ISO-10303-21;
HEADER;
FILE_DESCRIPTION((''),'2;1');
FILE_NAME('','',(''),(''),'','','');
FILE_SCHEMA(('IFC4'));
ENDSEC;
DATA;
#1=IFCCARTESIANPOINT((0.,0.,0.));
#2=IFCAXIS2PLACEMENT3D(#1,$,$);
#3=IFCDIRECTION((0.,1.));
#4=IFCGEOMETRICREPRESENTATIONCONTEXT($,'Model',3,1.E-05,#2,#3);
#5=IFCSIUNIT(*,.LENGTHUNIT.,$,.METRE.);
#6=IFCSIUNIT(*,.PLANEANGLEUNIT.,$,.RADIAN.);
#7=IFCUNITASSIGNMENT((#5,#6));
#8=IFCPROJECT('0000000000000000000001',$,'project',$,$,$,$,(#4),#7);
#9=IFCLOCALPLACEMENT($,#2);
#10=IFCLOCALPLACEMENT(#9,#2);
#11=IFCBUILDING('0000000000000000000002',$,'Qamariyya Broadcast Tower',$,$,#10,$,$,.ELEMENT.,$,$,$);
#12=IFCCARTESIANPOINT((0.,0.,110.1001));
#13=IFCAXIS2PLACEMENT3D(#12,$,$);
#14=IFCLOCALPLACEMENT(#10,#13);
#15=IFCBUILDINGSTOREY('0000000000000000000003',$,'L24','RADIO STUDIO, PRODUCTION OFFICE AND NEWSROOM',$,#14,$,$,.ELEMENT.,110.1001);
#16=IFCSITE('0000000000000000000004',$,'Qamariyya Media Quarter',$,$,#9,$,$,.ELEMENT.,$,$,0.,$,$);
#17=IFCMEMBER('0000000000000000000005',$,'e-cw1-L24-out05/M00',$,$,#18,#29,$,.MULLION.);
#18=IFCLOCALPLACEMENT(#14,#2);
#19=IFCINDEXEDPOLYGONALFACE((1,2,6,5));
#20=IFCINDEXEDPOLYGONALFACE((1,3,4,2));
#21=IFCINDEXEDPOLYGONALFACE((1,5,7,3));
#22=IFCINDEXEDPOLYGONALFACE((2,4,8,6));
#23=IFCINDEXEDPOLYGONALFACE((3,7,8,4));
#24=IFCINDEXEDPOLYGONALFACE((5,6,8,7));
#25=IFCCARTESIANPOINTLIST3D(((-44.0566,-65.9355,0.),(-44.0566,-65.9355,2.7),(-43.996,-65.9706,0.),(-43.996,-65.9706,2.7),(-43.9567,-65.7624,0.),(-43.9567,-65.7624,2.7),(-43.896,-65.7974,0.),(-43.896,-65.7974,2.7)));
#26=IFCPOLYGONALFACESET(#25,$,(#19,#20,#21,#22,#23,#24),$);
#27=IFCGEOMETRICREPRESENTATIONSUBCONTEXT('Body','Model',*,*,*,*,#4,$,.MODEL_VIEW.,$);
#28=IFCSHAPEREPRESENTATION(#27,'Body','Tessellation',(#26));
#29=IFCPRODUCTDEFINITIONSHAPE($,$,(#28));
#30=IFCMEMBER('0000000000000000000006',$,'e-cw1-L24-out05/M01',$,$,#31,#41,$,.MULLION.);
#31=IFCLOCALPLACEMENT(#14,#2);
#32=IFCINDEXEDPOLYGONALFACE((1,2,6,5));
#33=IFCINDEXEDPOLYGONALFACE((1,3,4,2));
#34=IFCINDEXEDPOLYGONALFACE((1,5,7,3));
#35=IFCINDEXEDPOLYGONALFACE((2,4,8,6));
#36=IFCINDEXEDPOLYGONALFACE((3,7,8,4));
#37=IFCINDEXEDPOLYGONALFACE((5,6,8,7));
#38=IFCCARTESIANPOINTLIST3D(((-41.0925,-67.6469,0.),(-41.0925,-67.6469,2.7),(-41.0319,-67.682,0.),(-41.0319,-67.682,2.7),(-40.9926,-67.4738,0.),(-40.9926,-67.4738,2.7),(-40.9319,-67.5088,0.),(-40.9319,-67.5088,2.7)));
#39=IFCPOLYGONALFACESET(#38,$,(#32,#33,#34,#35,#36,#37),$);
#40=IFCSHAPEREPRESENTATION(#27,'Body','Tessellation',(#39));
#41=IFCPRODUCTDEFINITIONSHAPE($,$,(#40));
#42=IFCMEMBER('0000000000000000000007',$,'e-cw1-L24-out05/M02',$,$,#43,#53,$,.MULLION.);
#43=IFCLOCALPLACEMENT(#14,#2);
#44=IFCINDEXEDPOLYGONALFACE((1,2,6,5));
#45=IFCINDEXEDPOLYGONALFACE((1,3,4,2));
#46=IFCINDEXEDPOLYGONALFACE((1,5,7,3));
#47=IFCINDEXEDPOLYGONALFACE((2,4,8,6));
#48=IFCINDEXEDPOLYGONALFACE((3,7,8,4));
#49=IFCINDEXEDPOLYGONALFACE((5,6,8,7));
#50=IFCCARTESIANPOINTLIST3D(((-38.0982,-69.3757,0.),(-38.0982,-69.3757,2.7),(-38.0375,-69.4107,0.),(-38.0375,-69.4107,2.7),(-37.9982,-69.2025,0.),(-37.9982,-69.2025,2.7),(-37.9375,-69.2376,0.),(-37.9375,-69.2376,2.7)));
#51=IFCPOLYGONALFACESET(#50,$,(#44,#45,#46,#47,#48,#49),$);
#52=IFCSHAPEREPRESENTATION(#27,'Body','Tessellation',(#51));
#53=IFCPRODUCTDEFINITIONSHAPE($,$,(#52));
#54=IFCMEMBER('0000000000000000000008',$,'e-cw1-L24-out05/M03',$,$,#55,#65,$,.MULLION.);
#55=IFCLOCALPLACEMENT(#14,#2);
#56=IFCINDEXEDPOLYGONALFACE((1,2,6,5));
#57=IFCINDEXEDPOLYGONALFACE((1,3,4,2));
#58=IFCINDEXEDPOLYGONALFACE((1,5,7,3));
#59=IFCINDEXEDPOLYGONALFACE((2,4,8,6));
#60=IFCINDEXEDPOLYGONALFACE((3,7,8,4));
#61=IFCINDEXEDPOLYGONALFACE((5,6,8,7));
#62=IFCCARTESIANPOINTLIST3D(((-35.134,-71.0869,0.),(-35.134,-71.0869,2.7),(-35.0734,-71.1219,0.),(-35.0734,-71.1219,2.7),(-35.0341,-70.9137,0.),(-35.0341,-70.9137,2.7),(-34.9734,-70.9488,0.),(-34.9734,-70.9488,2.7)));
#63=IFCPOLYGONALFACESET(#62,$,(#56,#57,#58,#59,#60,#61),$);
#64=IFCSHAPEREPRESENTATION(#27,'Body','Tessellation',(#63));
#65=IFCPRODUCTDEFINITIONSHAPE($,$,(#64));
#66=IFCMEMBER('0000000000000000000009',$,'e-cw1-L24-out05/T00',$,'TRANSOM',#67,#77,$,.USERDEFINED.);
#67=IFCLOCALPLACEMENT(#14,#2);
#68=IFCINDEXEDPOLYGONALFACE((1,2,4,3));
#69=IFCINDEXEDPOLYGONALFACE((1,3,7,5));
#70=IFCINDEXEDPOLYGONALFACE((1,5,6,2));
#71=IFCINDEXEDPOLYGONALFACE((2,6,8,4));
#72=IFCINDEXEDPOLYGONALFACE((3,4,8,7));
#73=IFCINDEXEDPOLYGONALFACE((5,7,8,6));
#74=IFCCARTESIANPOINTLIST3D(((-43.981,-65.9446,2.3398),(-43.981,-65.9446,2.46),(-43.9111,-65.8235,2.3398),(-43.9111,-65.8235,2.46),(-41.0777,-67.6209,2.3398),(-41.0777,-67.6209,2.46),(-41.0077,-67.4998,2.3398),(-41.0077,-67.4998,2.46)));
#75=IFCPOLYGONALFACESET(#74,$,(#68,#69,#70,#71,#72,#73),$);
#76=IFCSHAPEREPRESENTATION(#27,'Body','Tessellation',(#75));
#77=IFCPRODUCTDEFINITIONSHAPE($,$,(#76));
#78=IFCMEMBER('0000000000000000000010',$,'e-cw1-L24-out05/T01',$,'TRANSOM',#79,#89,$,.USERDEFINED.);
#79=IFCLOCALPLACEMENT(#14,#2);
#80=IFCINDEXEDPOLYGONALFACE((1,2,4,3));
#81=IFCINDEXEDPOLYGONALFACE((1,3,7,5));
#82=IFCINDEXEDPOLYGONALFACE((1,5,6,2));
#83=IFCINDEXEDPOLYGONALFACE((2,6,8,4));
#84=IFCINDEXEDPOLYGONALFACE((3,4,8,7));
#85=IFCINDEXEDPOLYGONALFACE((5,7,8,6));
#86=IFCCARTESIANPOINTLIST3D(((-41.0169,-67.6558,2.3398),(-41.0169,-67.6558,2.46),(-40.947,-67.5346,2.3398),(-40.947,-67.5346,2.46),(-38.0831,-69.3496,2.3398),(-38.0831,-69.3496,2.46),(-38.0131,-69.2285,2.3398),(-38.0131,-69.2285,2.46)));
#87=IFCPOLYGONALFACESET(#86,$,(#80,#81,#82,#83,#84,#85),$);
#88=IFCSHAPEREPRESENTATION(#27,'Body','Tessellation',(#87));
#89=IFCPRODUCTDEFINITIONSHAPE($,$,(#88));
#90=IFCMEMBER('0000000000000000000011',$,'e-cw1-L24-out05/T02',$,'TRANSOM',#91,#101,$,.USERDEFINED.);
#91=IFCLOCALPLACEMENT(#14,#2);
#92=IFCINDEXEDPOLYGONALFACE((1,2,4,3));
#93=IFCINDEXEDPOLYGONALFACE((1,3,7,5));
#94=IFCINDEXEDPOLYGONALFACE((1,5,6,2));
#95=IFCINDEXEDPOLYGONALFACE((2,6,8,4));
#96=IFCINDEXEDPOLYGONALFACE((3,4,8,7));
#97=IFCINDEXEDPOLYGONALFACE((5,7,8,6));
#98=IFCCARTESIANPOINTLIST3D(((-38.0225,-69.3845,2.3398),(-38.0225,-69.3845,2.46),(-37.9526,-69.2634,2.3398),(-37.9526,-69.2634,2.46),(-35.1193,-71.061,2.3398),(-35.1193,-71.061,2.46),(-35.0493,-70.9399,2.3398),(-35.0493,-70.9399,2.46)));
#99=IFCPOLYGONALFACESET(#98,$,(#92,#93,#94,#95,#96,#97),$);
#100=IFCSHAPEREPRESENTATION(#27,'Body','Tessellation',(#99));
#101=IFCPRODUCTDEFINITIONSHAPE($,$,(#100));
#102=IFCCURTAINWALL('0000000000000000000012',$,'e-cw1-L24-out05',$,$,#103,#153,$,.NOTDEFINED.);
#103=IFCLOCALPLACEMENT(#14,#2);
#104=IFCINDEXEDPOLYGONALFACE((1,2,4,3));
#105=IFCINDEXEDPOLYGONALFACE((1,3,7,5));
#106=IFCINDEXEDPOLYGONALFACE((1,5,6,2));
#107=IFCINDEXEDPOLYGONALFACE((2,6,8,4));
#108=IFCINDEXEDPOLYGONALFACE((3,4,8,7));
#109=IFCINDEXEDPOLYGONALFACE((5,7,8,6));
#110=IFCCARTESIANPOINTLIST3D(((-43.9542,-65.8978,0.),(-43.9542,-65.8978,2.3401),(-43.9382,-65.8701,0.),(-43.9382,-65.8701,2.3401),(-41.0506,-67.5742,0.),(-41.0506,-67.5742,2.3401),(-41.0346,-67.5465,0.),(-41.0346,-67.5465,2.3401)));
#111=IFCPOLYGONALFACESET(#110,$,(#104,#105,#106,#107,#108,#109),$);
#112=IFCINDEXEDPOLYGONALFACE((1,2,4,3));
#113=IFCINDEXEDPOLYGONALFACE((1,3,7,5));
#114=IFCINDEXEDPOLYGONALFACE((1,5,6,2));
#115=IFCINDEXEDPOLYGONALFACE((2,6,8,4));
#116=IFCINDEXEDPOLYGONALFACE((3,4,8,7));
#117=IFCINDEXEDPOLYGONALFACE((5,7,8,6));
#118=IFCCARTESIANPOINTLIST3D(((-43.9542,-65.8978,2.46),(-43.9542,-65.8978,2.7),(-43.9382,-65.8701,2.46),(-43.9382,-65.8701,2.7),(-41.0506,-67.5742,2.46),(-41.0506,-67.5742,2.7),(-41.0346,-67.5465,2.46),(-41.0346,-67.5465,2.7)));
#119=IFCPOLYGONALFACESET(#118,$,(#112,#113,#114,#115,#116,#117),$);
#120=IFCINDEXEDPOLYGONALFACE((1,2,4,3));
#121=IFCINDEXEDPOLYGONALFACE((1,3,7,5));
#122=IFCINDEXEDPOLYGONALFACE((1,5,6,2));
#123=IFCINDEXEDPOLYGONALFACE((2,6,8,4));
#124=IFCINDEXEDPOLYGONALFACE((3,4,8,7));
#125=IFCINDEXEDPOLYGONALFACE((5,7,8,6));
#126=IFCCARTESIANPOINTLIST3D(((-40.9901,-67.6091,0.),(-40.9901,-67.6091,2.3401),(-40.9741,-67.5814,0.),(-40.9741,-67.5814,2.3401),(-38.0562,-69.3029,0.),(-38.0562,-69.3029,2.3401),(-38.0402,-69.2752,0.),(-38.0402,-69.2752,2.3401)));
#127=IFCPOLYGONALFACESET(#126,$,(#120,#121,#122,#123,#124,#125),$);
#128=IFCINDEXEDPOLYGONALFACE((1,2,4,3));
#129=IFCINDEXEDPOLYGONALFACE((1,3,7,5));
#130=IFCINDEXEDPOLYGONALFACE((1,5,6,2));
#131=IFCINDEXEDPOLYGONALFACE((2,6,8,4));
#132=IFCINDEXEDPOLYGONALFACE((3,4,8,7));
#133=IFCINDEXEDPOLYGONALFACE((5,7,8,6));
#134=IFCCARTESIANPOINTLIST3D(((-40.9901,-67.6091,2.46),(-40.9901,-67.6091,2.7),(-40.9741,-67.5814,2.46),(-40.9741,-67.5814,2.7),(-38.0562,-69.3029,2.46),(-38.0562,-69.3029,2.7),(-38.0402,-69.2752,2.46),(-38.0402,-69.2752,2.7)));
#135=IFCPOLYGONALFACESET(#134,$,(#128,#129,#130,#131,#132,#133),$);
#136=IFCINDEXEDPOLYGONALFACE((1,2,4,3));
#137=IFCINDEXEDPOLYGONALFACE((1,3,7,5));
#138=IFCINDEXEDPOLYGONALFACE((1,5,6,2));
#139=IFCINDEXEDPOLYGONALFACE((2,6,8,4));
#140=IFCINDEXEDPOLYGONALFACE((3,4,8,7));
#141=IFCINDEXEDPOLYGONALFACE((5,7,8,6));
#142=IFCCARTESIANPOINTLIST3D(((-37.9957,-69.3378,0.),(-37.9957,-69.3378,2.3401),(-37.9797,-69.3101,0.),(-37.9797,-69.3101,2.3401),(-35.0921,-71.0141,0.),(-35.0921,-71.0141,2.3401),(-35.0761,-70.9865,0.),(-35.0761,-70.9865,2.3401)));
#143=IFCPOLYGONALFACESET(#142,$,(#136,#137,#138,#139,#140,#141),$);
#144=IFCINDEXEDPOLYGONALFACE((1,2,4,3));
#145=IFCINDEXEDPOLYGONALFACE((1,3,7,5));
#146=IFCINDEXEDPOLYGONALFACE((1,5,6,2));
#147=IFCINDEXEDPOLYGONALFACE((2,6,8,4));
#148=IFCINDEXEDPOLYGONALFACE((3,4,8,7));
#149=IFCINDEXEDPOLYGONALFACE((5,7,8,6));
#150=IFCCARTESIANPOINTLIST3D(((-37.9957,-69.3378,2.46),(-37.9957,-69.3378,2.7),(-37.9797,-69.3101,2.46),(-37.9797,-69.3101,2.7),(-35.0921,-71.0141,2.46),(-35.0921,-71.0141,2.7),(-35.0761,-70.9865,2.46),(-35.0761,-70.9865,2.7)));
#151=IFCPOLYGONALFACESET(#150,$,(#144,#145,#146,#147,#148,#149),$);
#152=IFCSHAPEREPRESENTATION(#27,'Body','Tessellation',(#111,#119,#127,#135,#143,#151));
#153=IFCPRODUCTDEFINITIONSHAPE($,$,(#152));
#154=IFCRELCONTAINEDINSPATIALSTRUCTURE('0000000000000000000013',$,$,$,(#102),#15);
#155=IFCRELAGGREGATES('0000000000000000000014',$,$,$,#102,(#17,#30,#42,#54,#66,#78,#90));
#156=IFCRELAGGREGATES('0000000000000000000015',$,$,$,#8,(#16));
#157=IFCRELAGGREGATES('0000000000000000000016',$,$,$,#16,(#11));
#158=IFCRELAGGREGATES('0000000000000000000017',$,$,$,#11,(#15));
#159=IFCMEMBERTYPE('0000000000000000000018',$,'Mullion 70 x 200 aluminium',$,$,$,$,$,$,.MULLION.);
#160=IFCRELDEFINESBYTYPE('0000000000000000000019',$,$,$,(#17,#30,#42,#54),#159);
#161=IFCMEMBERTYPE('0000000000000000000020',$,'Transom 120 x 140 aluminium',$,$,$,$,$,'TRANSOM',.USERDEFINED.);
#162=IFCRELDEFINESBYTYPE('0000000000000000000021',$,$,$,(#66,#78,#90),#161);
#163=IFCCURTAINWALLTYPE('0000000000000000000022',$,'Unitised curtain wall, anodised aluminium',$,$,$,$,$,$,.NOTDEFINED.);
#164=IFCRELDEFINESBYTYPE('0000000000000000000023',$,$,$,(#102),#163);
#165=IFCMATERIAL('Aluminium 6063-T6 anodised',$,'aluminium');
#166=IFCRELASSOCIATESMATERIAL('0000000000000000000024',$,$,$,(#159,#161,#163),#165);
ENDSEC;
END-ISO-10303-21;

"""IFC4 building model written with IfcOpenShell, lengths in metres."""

from ifc_helpers import new_model, si_unit, direction, frame, origin, origin_2d, place, context, subcontext, project, spatial, rectangle, extrude, material, material_profile, profile_set, type_object, element, aggregate, save


model = new_model("IFC4")

# Units and contexts
model_context = context("Model", 3, precision=1e-05, world=origin(), true_north=direction((0.0, 1.0)))
body_context = subcontext(model_context, "Body", "Model", "MODEL_VIEW")
ifc_project = project(units=[si_unit("LENGTHUNIT", "METRE"), si_unit("PLANEANGLEUNIT", "RADIAN")], contexts=[model_context])

# Members
ifc_material = material(Name="Aluminium 6063-T6 anodised", Category="aluminium")
ifc_material_profile_1 = material_profile(ifc_material, rectangle(XDim=0.2, YDim=0.0701, at=origin_2d()))
ifc_profile_set_1 = profile_set([ifc_material_profile_1], Name="Aluminium 6063-T6 anodised")
member_type_1 = type_object("IfcMemberType", Name="Mullion 70 x 200 aluminium", PredefinedType="MULLION", material=ifc_profile_set_1)
site_placement = place(None, origin())
building_placement = place(site_placement, origin())
storey_placement = place(building_placement, frame((0.0, 0.0, 110.1001)))
member_1_placement = place(storey_placement, frame((-43.9763, -65.8665, 0.0), z_axis=(0.0, 0.0, 1.0), x_axis=(0.5, 0.866025, 0.0)))
member_1 = element("IfcMember", 1, at=member_1_placement, type_object=member_type_1, Name="e-cw1-L24-out05/M00", PredefinedType="MULLION", context=body_context, shape_type="SweptSolid", body=[
    extrude(rectangle(XDim=0.2, YDim=0.0701, at=origin_2d()), origin(), (0.0, 0.0, 1.0), 2.7),
])
member_2_placement = place(storey_placement, frame((-41.0122, -67.5779, 0.0), z_axis=(0.0, 0.0, 1.0), x_axis=(0.5, 0.866025, 0.0)))
member_2 = element("IfcMember", 2, at=member_2_placement, type_object=member_type_1, Name="e-cw1-L24-out05/M01", PredefinedType="MULLION", context=body_context, shape_type="SweptSolid", body=[
    extrude(rectangle(XDim=0.2, YDim=0.0701, at=origin_2d()), origin(), (0.0, 0.0, 1.0), 2.7),
])
member_3_placement = place(storey_placement, frame((-38.0178, -69.3066, 0.0), z_axis=(0.0, 0.0, 1.0), x_axis=(0.5, 0.866025, 0.0)))
member_3 = element("IfcMember", 3, at=member_3_placement, type_object=member_type_1, Name="e-cw1-L24-out05/M02", PredefinedType="MULLION", context=body_context, shape_type="SweptSolid", body=[
    extrude(rectangle(XDim=0.2, YDim=0.0701, at=origin_2d()), origin(), (0.0, 0.0, 1.0), 2.7),
])
member_4_placement = place(storey_placement, frame((-35.0537, -71.0178, 0.0), z_axis=(0.0, 0.0, 1.0), x_axis=(0.5, 0.866025, 0.0)))
member_4 = element("IfcMember", 4, at=member_4_placement, type_object=member_type_1, Name="e-cw1-L24-out05/M03", PredefinedType="MULLION", context=body_context, shape_type="SweptSolid", body=[
    extrude(rectangle(XDim=0.2, YDim=0.0701, at=origin_2d()), origin(), (0.0, 0.0, 1.0), 2.7),
])
ifc_material_profile_2 = material_profile(ifc_material, rectangle(XDim=0.1399, YDim=0.1201, at=origin_2d()))
ifc_profile_set_2 = profile_set([ifc_material_profile_2], Name="Aluminium 6063-T6 anodised")
member_type_2 = type_object("IfcMemberType", Name="Transom 120 x 140 aluminium", ElementType="TRANSOM", PredefinedType="USERDEFINED", material=ifc_profile_set_2)
member_5_placement = place(storey_placement, frame((-43.946, -65.884, 2.3999), z_axis=(0.866021, -0.500008, 0.0), x_axis=(0.500008, 0.866021, 0.0)))
member_5 = element("IfcMember", 5, at=member_5_placement, type_object=member_type_2, Name="e-cw1-L24-out05/T00", ObjectType="TRANSOM", PredefinedType="USERDEFINED", context=body_context, shape_type="SweptSolid", body=[
    extrude(rectangle(XDim=0.1399, YDim=0.1201, at=origin_2d()), origin(), (0.0, 0.0, 1.0), 3.3525),
])
member_6_placement = place(storey_placement, frame((-40.9819, -67.5952, 2.3999), z_axis=(0.866026, -0.499999, 0.0), x_axis=(0.499999, 0.866026, 0.0)))
member_6 = element("IfcMember", 6, at=member_6_placement, type_object=member_type_2, Name="e-cw1-L24-out05/T01", ObjectType="TRANSOM", PredefinedType="USERDEFINED", context=body_context, shape_type="SweptSolid", body=[
    extrude(rectangle(XDim=0.1399, YDim=0.1201, at=origin_2d()), origin(), (0.0, 0.0, 1.0), 3.3877),
])
member_7_placement = place(storey_placement, frame((-37.9875, -69.324, 2.3999), z_axis=(0.865989, -0.500063, 0.0), x_axis=(0.500063, 0.865989, 0.0)))
member_7 = element("IfcMember", 7, at=member_7_placement, type_object=member_type_2, Name="e-cw1-L24-out05/T02", ObjectType="TRANSOM", PredefinedType="USERDEFINED", context=body_context, shape_type="SweptSolid", body=[
    extrude(rectangle(XDim=0.1399, YDim=0.1201, at=origin_2d()), origin(), (0.0, 0.0, 1.0), 3.3525),
])

# Site, building, storey
site = spatial("IfcSite", under=ifc_project, at=site_placement, Name="Qamariyya Media Quarter", CompositionType="ELEMENT", RefElevation=0.0)
building = spatial("IfcBuilding", under=site, at=building_placement, Name="Qamariyya Broadcast Tower", CompositionType="ELEMENT")
storey = spatial("IfcBuildingStorey", under=building, at=storey_placement, Name="L24", Description="RADIO STUDIO, PRODUCTION OFFICE AND NEWSROOM", CompositionType="ELEMENT", Elevation=110.1001)

# Curtain wall
curtain_wall_type = type_object("IfcCurtainWallType", Name="Unitised curtain wall, anodised aluminium", PredefinedType="NOTDEFINED", material=ifc_material)
curtain_wall_1_placement = place(storey_placement, origin())
curtain_wall_1 = element("IfcCurtainWall", 8, at=curtain_wall_1_placement, inside=storey, type_object=curtain_wall_type, Name="e-cw1-L24-out05", PredefinedType="NOTDEFINED", context=body_context, shape_type="SweptSolid", body=[
    extrude(rectangle(XDim=3.3528, YDim=0.032, at=origin_2d()), frame((-42.4944, -66.7222, 0.0), x_axis=(0.866027, -0.499997, 0.0)), (0.0, 0.0, 1.0), 2.3401),
    extrude(rectangle(XDim=3.3528, YDim=0.032, at=origin_2d()), frame((-42.4944, -66.7222, 2.46), x_axis=(0.866027, -0.499997, 0.0)), (0.0, 0.0, 1.0), 0.24),
    extrude(rectangle(XDim=3.3877, YDim=0.032, at=origin_2d()), frame((-39.5151, -68.4421, 0.0), x_axis=(0.866027, -0.499997, 0.0)), (0.0, 0.0, 1.0), 2.3401),
    extrude(rectangle(XDim=3.3877, YDim=0.032, at=origin_2d()), frame((-39.5151, -68.4421, 2.46), x_axis=(0.866027, -0.499997, 0.0)), (0.0, 0.0, 1.0), 0.24),
    extrude(rectangle(XDim=3.3528, YDim=0.032, at=origin_2d()), frame((-36.5359, -70.1621, 0.0), x_axis=(0.866027, -0.499997, 0.0)), (0.0, 0.0, 1.0), 2.3401),
    extrude(rectangle(XDim=3.3528, YDim=0.032, at=origin_2d()), frame((-36.5359, -70.1621, 2.46), x_axis=(0.866027, -0.499997, 0.0)), (0.0, 0.0, 1.0), 0.24),
])
aggregate(curtain_wall_1, [member_1, member_2, member_3, member_4, member_5, member_6, member_7])

save(model, "model.ifc")
